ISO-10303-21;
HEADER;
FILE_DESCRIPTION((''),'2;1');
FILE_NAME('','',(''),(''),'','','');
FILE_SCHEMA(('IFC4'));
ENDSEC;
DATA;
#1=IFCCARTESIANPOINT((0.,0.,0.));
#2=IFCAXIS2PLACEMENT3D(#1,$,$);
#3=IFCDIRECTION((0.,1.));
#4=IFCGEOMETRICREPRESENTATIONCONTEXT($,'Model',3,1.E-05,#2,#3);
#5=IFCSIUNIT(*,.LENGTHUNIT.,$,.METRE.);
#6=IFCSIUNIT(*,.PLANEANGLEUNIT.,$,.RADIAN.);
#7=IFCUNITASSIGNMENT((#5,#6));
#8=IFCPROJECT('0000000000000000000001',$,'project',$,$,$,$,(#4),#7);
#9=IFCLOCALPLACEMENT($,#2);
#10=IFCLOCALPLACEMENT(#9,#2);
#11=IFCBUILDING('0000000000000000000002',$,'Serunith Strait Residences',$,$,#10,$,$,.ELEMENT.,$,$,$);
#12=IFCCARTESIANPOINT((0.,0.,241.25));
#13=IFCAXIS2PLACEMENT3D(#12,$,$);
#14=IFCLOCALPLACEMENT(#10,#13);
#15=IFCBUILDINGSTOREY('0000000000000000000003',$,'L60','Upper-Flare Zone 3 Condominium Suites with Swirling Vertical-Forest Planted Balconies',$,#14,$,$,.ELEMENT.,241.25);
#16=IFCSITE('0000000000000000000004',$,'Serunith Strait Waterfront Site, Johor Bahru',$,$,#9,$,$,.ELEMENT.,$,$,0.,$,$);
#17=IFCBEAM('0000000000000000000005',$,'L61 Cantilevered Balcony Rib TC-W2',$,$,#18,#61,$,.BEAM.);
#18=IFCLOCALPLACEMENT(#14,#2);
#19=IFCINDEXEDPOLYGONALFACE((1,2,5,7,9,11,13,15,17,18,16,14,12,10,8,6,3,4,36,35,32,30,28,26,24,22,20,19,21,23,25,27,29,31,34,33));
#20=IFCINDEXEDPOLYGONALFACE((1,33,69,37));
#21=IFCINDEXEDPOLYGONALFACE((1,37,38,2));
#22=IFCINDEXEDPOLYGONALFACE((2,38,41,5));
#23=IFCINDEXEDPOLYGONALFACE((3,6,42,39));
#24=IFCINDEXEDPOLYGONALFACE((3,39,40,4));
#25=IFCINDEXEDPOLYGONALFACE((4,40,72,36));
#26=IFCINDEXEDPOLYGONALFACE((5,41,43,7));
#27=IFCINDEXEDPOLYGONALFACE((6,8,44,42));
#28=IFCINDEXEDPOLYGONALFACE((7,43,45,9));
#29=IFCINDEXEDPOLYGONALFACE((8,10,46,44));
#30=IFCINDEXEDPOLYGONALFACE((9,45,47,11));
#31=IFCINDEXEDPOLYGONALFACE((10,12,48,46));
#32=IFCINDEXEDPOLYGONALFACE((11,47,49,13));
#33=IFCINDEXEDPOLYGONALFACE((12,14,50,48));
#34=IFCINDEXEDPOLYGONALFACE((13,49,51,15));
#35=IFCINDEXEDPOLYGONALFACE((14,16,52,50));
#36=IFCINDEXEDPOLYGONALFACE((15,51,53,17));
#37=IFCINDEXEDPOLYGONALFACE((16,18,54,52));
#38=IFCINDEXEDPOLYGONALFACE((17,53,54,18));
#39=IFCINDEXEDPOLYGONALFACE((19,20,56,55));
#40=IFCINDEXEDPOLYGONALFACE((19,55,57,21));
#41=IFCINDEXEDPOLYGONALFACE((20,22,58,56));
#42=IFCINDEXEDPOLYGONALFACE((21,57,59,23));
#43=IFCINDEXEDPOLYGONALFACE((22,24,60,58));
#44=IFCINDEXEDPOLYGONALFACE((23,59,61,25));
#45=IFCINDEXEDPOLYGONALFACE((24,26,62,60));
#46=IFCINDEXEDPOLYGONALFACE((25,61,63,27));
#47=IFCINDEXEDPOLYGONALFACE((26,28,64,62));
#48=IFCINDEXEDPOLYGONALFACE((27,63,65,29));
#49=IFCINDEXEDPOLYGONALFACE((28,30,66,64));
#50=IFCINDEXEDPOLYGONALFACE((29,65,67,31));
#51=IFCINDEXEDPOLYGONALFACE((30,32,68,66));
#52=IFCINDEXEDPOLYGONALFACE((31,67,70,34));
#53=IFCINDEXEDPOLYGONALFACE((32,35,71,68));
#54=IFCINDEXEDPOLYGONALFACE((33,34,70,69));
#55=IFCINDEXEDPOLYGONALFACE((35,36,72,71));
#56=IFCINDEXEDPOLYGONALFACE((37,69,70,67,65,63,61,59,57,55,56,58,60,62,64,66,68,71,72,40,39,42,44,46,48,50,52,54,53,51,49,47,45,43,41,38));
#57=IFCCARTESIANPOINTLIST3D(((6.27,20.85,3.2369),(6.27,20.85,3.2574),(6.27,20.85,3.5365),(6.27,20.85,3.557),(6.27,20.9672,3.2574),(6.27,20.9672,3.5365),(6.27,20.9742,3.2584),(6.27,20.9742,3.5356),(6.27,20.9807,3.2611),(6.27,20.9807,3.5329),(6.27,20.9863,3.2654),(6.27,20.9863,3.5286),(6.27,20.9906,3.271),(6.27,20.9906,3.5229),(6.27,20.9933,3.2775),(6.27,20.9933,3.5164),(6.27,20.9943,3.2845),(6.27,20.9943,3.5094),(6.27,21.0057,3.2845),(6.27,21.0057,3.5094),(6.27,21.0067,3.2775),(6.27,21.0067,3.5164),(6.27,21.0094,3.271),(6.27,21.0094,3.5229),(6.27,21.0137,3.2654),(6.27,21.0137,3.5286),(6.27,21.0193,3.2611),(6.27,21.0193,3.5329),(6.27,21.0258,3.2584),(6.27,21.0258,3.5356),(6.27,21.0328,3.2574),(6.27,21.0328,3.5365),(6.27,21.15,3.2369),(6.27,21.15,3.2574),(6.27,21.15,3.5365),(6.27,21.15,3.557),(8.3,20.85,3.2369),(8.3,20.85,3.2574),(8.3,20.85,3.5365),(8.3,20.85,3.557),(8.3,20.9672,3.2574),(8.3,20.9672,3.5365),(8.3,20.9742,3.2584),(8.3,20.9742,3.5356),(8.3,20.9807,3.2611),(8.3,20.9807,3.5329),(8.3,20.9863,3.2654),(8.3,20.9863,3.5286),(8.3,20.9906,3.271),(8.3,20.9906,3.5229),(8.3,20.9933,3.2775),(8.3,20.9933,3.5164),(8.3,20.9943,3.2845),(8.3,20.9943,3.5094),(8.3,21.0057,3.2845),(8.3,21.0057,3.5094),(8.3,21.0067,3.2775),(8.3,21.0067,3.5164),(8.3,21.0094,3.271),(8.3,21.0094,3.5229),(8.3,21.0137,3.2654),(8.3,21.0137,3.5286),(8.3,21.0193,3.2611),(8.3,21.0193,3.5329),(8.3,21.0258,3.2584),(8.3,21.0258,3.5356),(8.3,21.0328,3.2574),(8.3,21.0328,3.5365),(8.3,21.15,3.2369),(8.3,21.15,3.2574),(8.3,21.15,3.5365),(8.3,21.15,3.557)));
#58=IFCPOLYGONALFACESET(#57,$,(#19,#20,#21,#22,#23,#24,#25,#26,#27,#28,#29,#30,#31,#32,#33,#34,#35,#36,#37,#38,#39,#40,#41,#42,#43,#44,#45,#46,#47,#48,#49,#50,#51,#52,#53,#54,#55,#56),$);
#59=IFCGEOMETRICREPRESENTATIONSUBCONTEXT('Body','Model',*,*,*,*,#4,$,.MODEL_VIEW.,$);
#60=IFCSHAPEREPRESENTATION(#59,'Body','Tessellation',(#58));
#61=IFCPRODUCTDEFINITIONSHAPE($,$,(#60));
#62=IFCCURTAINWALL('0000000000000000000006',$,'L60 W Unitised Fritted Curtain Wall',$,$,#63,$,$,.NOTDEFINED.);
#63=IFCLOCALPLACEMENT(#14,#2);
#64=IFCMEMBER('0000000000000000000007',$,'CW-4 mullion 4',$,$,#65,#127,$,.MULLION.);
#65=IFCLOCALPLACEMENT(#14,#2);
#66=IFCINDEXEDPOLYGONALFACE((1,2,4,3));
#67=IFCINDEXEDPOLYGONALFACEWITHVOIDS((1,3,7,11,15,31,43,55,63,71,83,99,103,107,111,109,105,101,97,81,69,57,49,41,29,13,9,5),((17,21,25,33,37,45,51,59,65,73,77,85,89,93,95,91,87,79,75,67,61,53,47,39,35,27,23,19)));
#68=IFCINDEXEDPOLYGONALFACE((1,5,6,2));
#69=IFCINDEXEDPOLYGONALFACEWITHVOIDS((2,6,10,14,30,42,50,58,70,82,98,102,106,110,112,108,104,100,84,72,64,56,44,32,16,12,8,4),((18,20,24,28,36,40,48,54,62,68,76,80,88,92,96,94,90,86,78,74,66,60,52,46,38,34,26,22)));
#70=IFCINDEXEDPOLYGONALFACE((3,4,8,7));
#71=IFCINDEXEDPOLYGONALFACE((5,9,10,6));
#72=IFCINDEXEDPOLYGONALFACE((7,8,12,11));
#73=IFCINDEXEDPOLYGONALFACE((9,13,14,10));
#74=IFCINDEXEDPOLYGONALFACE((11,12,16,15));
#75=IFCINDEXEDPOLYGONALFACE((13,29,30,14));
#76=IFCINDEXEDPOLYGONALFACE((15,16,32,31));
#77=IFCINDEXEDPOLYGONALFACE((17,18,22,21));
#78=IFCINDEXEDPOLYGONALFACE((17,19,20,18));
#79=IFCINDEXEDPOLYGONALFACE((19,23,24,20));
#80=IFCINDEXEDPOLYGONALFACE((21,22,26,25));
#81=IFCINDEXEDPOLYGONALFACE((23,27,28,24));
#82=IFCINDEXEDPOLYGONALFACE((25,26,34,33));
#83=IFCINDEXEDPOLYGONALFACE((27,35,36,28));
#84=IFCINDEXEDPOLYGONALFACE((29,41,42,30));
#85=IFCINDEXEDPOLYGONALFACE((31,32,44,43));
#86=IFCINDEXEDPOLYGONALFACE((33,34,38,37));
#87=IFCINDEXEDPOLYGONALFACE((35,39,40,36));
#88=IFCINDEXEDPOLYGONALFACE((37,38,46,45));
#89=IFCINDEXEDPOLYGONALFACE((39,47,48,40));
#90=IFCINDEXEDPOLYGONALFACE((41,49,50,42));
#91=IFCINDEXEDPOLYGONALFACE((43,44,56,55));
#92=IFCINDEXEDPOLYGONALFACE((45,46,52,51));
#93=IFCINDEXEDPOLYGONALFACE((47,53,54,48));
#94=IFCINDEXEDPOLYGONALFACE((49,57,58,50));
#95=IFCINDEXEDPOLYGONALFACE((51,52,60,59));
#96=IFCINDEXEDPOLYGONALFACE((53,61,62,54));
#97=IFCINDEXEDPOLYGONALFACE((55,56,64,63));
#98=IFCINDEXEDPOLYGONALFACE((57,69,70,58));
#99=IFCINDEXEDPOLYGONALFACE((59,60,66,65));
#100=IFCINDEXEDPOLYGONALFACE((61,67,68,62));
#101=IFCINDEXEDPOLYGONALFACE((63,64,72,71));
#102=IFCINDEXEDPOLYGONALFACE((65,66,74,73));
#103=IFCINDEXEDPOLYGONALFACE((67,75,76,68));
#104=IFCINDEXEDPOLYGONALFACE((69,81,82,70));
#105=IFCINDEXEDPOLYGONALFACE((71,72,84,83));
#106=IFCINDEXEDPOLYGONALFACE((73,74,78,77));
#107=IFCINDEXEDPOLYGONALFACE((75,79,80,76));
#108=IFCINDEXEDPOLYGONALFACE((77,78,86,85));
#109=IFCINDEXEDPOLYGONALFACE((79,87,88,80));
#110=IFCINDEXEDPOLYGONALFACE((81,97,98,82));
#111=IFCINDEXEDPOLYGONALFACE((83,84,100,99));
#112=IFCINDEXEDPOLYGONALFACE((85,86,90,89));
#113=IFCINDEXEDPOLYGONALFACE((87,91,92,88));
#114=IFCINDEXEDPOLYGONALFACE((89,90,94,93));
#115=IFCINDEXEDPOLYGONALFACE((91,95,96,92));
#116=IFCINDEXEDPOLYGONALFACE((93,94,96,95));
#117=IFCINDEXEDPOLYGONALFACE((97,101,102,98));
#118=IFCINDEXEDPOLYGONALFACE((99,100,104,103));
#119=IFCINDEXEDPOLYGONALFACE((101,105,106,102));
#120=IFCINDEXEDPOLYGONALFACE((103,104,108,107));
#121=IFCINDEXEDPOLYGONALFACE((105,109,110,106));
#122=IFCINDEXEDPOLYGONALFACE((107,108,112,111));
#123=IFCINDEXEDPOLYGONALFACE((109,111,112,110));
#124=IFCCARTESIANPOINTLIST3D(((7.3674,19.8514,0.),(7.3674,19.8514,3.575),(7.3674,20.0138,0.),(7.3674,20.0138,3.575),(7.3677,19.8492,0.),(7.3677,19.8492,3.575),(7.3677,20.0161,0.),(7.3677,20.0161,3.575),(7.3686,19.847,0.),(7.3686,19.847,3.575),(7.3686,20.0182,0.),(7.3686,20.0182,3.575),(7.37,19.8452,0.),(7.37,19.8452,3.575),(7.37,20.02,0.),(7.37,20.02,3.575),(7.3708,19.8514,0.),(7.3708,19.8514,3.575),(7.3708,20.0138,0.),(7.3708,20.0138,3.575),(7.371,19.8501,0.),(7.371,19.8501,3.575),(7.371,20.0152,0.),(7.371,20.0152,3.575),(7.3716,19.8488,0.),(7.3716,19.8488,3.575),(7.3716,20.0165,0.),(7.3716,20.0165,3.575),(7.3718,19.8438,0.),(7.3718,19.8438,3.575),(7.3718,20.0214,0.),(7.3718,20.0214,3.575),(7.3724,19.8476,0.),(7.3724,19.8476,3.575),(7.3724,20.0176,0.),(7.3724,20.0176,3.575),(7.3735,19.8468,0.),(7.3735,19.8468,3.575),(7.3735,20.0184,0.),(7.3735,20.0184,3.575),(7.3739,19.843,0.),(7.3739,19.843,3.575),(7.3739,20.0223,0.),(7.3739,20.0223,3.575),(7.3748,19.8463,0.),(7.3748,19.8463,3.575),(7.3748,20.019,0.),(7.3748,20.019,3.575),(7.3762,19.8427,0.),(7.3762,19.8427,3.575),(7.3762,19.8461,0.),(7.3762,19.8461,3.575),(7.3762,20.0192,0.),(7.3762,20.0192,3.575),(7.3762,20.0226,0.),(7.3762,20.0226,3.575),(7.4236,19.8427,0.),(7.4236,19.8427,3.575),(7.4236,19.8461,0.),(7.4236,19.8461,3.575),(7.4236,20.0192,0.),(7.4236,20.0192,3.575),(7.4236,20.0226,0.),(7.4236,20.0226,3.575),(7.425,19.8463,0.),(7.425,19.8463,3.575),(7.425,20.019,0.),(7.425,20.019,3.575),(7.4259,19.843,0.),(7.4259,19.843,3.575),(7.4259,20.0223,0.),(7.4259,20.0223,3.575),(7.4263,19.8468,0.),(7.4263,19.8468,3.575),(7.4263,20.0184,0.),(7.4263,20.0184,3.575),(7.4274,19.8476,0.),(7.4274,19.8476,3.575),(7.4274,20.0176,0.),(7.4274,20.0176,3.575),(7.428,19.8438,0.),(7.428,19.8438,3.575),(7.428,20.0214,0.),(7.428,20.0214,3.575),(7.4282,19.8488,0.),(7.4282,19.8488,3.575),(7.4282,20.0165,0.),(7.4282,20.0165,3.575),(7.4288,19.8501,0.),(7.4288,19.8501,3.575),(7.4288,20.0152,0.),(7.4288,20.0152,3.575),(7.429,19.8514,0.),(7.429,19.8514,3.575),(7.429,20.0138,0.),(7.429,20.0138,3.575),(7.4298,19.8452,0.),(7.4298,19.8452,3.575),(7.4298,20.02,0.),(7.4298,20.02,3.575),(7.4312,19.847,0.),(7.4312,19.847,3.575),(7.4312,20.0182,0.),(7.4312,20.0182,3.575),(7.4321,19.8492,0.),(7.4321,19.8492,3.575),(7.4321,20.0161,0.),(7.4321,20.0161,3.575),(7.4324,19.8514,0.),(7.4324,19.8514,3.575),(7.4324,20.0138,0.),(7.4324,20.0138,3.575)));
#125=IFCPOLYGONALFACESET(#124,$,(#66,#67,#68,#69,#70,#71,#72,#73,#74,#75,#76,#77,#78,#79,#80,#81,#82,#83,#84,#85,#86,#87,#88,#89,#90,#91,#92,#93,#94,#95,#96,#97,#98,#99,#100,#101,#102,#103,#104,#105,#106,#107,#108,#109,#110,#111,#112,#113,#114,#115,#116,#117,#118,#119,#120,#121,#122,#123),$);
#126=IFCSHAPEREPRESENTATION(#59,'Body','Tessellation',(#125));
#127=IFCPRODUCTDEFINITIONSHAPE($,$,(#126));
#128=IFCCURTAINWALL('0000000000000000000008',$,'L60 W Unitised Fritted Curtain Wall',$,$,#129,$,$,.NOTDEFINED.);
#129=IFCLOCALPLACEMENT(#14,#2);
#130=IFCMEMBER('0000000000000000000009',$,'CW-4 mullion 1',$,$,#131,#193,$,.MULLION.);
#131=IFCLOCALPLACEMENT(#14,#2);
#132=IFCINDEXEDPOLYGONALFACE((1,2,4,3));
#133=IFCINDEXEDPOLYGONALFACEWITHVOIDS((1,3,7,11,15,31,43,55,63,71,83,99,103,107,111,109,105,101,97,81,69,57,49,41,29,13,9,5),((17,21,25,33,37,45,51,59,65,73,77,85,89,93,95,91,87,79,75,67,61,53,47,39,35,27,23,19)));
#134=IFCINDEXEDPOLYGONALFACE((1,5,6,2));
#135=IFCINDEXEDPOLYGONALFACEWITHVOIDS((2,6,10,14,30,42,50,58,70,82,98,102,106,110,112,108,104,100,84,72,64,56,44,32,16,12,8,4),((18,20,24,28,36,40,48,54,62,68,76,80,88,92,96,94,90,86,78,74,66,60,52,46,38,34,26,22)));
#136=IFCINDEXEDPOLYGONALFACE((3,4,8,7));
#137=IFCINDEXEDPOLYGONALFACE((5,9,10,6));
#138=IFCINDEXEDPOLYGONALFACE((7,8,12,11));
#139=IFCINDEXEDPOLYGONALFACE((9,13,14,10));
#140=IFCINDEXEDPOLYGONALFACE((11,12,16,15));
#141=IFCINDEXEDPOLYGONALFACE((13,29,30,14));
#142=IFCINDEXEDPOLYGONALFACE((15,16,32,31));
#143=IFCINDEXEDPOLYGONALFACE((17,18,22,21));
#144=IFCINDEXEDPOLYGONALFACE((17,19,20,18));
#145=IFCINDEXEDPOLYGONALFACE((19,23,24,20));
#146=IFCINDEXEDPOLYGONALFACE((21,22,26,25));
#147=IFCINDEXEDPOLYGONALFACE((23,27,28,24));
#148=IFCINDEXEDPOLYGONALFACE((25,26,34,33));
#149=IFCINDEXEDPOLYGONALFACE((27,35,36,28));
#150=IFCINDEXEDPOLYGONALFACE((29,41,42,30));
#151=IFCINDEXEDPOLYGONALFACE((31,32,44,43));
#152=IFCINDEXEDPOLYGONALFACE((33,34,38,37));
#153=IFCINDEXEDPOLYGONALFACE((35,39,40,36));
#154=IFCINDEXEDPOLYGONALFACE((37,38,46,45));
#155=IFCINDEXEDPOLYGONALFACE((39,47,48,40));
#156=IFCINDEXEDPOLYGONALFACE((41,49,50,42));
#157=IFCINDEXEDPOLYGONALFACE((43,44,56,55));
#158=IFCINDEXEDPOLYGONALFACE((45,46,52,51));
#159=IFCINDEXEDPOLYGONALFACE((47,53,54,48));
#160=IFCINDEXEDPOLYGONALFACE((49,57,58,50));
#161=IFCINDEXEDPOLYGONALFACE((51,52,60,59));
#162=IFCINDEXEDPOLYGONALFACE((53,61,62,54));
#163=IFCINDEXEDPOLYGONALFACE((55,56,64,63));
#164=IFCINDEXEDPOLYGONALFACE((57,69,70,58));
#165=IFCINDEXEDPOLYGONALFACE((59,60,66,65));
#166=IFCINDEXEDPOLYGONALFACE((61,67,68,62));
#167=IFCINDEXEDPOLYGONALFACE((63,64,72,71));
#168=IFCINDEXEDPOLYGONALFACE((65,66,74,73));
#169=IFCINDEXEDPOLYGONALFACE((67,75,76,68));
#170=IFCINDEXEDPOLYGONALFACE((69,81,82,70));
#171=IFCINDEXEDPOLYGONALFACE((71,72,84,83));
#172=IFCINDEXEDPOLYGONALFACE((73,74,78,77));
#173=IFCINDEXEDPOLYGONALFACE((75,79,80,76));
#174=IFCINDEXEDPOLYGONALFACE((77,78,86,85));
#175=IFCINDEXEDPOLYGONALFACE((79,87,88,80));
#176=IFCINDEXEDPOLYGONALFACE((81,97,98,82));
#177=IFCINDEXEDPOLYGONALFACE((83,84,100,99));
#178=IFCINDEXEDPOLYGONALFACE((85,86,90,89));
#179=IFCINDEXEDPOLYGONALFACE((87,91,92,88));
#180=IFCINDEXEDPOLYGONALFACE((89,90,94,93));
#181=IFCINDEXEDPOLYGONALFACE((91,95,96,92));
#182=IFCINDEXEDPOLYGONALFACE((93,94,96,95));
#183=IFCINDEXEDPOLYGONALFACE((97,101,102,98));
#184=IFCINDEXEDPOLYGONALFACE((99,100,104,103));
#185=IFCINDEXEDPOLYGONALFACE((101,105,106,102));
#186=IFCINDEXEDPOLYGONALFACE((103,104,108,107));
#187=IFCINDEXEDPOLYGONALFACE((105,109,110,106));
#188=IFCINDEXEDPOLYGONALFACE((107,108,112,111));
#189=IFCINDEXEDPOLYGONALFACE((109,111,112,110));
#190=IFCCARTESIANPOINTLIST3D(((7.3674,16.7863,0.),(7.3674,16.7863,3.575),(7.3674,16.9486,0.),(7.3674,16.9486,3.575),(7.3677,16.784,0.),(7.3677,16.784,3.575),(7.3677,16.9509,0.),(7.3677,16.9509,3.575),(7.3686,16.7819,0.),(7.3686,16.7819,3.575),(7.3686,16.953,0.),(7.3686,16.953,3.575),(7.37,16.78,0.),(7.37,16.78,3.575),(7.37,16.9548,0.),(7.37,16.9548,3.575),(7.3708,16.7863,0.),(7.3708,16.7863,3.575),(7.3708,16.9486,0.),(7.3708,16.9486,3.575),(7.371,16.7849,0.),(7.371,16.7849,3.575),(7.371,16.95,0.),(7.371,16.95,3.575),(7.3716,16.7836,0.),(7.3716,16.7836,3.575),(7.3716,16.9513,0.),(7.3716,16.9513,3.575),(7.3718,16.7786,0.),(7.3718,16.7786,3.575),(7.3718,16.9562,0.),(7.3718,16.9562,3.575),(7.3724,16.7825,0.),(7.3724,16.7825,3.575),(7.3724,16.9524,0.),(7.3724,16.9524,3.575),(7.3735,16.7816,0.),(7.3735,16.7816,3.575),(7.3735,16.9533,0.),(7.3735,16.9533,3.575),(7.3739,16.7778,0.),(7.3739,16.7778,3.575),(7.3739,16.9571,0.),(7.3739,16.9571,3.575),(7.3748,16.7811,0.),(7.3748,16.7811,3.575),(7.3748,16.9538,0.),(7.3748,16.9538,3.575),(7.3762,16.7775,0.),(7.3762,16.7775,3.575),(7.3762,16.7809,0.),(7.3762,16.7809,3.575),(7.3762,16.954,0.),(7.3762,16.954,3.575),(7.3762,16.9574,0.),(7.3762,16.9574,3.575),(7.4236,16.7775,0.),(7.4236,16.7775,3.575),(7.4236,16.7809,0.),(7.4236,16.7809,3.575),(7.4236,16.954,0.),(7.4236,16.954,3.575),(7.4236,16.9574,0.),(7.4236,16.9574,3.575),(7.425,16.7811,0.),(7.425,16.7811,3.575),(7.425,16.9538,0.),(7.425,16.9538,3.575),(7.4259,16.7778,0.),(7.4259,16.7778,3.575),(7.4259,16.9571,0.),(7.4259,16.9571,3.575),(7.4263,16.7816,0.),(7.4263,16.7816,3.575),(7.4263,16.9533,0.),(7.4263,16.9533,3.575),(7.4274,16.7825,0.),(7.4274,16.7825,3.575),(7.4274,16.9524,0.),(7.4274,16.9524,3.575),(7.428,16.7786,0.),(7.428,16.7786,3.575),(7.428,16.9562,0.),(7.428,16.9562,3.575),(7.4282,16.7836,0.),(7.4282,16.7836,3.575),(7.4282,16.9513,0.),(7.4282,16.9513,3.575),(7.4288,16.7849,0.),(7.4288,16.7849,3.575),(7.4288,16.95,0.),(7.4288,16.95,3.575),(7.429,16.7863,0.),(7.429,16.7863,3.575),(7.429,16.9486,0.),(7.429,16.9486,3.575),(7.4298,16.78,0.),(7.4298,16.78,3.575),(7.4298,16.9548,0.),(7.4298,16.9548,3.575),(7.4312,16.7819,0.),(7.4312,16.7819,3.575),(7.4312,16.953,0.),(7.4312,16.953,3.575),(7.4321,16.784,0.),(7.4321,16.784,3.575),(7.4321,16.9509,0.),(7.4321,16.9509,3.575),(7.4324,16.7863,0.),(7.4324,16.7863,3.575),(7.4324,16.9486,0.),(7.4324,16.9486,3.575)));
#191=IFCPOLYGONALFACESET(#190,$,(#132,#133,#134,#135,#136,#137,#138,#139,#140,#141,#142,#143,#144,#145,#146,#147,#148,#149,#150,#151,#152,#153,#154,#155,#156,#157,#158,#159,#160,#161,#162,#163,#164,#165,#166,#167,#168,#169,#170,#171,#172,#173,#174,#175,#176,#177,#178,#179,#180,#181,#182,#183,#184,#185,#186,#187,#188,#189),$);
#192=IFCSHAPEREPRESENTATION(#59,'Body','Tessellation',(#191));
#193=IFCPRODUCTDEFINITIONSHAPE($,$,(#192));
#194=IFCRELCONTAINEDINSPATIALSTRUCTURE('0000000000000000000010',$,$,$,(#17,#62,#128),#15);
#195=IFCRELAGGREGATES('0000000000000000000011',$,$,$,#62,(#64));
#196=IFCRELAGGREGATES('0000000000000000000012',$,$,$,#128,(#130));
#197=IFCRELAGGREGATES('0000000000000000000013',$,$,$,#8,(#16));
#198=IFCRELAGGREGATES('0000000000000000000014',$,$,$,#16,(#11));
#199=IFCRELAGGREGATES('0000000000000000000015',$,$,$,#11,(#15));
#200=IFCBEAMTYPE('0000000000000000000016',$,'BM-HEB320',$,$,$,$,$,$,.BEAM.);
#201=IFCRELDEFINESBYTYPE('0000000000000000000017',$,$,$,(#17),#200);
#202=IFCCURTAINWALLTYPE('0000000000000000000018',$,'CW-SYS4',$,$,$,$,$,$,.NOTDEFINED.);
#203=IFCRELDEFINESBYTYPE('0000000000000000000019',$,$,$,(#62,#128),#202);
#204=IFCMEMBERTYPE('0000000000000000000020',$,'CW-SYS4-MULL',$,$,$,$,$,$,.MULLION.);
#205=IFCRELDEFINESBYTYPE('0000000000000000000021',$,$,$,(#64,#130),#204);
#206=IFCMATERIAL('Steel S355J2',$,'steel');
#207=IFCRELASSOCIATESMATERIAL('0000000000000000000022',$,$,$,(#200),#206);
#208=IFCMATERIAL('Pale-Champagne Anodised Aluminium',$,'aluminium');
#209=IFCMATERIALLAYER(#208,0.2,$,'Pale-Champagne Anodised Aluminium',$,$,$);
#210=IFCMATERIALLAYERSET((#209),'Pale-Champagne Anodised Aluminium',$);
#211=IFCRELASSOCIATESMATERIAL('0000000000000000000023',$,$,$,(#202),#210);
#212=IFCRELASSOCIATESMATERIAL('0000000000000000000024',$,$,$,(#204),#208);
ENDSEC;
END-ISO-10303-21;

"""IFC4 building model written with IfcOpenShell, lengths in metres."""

from ifc_helpers import new_model, si_unit, direction, frame, origin, origin_2d, place, context, subcontext, project, spatial, hollow_rectangle, i_section, extrude, source, transform, mapped, material, layer, layer_set, material_profile, profile_set, type_object, element, aggregate, save


model = new_model("IFC4")

# Units and contexts
model_context = context("Model", 3, precision=1e-05, world=origin(), true_north=direction((0.0, 1.0)))
body_context = subcontext(model_context, "Body", "Model", "MODEL_VIEW")
ifc_project = project(units=[si_unit("LENGTHUNIT", "METRE"), si_unit("PLANEANGLEUNIT", "RADIAN")], contexts=[model_context])

# Site, building, storey
site_placement = place(None, origin())
site = spatial("IfcSite", under=ifc_project, at=site_placement, Name="Serunith Strait Waterfront Site, Johor Bahru", CompositionType="ELEMENT", RefElevation=0.0)
building_placement = place(site_placement, origin())
building = spatial("IfcBuilding", under=site, at=building_placement, Name="Serunith Strait Residences", CompositionType="ELEMENT")
storey_placement = place(building_placement, frame((0.0, 0.0, 241.25)))
storey = spatial("IfcBuildingStorey", under=building, at=storey_placement, Name="L60", Description="Upper-Flare Zone 3 Condominium Suites with Swirling Vertical-Forest Planted Balconies", CompositionType="ELEMENT", Elevation=241.25)

# Beam
ifc_material_1 = material(Name="Steel S355J2", Category="steel")
ifc_material_profile_1 = material_profile(ifc_material_1, i_section(OverallWidth=0.3, OverallDepth=0.3201, WebThickness=0.0115, FlangeThickness=0.0205, FilletRadius=0.0271, at=origin_2d()), Name="HEB 320")
ifc_profile_set_1 = profile_set([ifc_material_profile_1], Name="Steel S355J2")
beam_type_1 = type_object("IfcBeamType", Name="BM-HEB320", PredefinedType="BEAM", material=ifc_profile_set_1)
shared_shape_1 = source(origin(), body_context, "Body", "SweptSolid", [
    extrude(i_section(OverallWidth=0.3, OverallDepth=0.3201, WebThickness=0.0115, FlangeThickness=0.0205, FilletRadius=0.0271, at=origin_2d()), origin(), (0.0, 0.0, 1.0), 2.03),
])
for number, where, z_axis, x_axis, name in (
    (1, (8.3, 21.0, 3.397), (-1.0, 0.0, 0.0), (0.0, -1.0, 0.0), "L61 Cantilevered Balcony Rib TC-W2"),
):
    element("IfcBeam", number, at=place(storey_placement, frame(where, z_axis=z_axis, x_axis=x_axis)), inside=storey, type_object=beam_type_1, Name=name, PredefinedType="BEAM", context=body_context, shape_type="MappedRepresentation", body=[
        mapped(shared_shape_1, transform((0.0, 0.0, 0.0), scale=1.0)),
    ])

# Curtain wall, member
ifc_material_2 = material(Name="Pale-Champagne Anodised Aluminium", Category="aluminium")
ifc_layer_1 = layer(ifc_material_2, 0.2, Name="Pale-Champagne Anodised Aluminium")
ifc_layer_set_1 = layer_set([ifc_layer_1], Name="Pale-Champagne Anodised Aluminium")
curtain_wall_type = type_object("IfcCurtainWallType", Name="CW-SYS4", PredefinedType="NOTDEFINED", material=ifc_layer_set_1)
curtain_wall_1_placement = place(storey_placement, origin())
curtain_wall_1 = element("IfcCurtainWall", 2, at=curtain_wall_1_placement, inside=storey, type_object=curtain_wall_type, Name="L60 W Unitised Fritted Curtain Wall", PredefinedType="NOTDEFINED")
ifc_material_profile_2 = material_profile(ifc_material_2, hollow_rectangle(XDim=0.0649, YDim=0.1799, WallThickness=0.0034, InnerFilletRadius=0.0054, OuterFilletRadius=0.0088, at=origin_2d()), Name="ALU 180x65x3.5")
ifc_profile_set_2 = profile_set([ifc_material_profile_2], Name="Pale-Champagne Anodised Aluminium")
member_type_1 = type_object("IfcMemberType", Name="CW-SYS4-MULL", PredefinedType="MULLION", material=ifc_profile_set_2)
shared_shape_2 = source(origin(), body_context, "Body", "SweptSolid", [
    extrude(hollow_rectangle(XDim=0.0649, YDim=0.1799, WallThickness=0.0034, InnerFilletRadius=0.0054, OuterFilletRadius=0.0088, at=origin_2d()), origin(), (0.0, 0.0, 1.0), 3.575),
])
member_1_placement = place(storey_placement, frame((7.3999, 19.9326, 0.0), z_axis=(0.0, 0.0, 1.0), x_axis=(1.0, 0.0, 0.0)))
member_1 = element("IfcMember", 3, at=member_1_placement, type_object=member_type_1, Name="CW-4 mullion 4", PredefinedType="MULLION", context=body_context, shape_type="MappedRepresentation", body=[
    mapped(shared_shape_2, transform((0.0, 0.0, 0.0), scale=1.0)),
])

# Curtain wall, member
curtain_wall_2_placement = place(storey_placement, origin())
curtain_wall_2 = element("IfcCurtainWall", 4, at=curtain_wall_2_placement, inside=storey, type_object=curtain_wall_type, Name="L60 W Unitised Fritted Curtain Wall", PredefinedType="NOTDEFINED")
member_2_placement = place(storey_placement, frame((7.3999, 16.8674, 0.0), z_axis=(0.0, 0.0, 1.0), x_axis=(1.0, 0.0, 0.0)))
member_2 = element("IfcMember", 5, at=member_2_placement, type_object=member_type_1, Name="CW-4 mullion 1", PredefinedType="MULLION", context=body_context, shape_type="MappedRepresentation", body=[
    mapped(shared_shape_2, transform((0.0, 0.0, 0.0), scale=1.0)),
])

aggregate(curtain_wall_1, [member_1])
aggregate(curtain_wall_2, [member_2])

save(model, "model.ifc")
